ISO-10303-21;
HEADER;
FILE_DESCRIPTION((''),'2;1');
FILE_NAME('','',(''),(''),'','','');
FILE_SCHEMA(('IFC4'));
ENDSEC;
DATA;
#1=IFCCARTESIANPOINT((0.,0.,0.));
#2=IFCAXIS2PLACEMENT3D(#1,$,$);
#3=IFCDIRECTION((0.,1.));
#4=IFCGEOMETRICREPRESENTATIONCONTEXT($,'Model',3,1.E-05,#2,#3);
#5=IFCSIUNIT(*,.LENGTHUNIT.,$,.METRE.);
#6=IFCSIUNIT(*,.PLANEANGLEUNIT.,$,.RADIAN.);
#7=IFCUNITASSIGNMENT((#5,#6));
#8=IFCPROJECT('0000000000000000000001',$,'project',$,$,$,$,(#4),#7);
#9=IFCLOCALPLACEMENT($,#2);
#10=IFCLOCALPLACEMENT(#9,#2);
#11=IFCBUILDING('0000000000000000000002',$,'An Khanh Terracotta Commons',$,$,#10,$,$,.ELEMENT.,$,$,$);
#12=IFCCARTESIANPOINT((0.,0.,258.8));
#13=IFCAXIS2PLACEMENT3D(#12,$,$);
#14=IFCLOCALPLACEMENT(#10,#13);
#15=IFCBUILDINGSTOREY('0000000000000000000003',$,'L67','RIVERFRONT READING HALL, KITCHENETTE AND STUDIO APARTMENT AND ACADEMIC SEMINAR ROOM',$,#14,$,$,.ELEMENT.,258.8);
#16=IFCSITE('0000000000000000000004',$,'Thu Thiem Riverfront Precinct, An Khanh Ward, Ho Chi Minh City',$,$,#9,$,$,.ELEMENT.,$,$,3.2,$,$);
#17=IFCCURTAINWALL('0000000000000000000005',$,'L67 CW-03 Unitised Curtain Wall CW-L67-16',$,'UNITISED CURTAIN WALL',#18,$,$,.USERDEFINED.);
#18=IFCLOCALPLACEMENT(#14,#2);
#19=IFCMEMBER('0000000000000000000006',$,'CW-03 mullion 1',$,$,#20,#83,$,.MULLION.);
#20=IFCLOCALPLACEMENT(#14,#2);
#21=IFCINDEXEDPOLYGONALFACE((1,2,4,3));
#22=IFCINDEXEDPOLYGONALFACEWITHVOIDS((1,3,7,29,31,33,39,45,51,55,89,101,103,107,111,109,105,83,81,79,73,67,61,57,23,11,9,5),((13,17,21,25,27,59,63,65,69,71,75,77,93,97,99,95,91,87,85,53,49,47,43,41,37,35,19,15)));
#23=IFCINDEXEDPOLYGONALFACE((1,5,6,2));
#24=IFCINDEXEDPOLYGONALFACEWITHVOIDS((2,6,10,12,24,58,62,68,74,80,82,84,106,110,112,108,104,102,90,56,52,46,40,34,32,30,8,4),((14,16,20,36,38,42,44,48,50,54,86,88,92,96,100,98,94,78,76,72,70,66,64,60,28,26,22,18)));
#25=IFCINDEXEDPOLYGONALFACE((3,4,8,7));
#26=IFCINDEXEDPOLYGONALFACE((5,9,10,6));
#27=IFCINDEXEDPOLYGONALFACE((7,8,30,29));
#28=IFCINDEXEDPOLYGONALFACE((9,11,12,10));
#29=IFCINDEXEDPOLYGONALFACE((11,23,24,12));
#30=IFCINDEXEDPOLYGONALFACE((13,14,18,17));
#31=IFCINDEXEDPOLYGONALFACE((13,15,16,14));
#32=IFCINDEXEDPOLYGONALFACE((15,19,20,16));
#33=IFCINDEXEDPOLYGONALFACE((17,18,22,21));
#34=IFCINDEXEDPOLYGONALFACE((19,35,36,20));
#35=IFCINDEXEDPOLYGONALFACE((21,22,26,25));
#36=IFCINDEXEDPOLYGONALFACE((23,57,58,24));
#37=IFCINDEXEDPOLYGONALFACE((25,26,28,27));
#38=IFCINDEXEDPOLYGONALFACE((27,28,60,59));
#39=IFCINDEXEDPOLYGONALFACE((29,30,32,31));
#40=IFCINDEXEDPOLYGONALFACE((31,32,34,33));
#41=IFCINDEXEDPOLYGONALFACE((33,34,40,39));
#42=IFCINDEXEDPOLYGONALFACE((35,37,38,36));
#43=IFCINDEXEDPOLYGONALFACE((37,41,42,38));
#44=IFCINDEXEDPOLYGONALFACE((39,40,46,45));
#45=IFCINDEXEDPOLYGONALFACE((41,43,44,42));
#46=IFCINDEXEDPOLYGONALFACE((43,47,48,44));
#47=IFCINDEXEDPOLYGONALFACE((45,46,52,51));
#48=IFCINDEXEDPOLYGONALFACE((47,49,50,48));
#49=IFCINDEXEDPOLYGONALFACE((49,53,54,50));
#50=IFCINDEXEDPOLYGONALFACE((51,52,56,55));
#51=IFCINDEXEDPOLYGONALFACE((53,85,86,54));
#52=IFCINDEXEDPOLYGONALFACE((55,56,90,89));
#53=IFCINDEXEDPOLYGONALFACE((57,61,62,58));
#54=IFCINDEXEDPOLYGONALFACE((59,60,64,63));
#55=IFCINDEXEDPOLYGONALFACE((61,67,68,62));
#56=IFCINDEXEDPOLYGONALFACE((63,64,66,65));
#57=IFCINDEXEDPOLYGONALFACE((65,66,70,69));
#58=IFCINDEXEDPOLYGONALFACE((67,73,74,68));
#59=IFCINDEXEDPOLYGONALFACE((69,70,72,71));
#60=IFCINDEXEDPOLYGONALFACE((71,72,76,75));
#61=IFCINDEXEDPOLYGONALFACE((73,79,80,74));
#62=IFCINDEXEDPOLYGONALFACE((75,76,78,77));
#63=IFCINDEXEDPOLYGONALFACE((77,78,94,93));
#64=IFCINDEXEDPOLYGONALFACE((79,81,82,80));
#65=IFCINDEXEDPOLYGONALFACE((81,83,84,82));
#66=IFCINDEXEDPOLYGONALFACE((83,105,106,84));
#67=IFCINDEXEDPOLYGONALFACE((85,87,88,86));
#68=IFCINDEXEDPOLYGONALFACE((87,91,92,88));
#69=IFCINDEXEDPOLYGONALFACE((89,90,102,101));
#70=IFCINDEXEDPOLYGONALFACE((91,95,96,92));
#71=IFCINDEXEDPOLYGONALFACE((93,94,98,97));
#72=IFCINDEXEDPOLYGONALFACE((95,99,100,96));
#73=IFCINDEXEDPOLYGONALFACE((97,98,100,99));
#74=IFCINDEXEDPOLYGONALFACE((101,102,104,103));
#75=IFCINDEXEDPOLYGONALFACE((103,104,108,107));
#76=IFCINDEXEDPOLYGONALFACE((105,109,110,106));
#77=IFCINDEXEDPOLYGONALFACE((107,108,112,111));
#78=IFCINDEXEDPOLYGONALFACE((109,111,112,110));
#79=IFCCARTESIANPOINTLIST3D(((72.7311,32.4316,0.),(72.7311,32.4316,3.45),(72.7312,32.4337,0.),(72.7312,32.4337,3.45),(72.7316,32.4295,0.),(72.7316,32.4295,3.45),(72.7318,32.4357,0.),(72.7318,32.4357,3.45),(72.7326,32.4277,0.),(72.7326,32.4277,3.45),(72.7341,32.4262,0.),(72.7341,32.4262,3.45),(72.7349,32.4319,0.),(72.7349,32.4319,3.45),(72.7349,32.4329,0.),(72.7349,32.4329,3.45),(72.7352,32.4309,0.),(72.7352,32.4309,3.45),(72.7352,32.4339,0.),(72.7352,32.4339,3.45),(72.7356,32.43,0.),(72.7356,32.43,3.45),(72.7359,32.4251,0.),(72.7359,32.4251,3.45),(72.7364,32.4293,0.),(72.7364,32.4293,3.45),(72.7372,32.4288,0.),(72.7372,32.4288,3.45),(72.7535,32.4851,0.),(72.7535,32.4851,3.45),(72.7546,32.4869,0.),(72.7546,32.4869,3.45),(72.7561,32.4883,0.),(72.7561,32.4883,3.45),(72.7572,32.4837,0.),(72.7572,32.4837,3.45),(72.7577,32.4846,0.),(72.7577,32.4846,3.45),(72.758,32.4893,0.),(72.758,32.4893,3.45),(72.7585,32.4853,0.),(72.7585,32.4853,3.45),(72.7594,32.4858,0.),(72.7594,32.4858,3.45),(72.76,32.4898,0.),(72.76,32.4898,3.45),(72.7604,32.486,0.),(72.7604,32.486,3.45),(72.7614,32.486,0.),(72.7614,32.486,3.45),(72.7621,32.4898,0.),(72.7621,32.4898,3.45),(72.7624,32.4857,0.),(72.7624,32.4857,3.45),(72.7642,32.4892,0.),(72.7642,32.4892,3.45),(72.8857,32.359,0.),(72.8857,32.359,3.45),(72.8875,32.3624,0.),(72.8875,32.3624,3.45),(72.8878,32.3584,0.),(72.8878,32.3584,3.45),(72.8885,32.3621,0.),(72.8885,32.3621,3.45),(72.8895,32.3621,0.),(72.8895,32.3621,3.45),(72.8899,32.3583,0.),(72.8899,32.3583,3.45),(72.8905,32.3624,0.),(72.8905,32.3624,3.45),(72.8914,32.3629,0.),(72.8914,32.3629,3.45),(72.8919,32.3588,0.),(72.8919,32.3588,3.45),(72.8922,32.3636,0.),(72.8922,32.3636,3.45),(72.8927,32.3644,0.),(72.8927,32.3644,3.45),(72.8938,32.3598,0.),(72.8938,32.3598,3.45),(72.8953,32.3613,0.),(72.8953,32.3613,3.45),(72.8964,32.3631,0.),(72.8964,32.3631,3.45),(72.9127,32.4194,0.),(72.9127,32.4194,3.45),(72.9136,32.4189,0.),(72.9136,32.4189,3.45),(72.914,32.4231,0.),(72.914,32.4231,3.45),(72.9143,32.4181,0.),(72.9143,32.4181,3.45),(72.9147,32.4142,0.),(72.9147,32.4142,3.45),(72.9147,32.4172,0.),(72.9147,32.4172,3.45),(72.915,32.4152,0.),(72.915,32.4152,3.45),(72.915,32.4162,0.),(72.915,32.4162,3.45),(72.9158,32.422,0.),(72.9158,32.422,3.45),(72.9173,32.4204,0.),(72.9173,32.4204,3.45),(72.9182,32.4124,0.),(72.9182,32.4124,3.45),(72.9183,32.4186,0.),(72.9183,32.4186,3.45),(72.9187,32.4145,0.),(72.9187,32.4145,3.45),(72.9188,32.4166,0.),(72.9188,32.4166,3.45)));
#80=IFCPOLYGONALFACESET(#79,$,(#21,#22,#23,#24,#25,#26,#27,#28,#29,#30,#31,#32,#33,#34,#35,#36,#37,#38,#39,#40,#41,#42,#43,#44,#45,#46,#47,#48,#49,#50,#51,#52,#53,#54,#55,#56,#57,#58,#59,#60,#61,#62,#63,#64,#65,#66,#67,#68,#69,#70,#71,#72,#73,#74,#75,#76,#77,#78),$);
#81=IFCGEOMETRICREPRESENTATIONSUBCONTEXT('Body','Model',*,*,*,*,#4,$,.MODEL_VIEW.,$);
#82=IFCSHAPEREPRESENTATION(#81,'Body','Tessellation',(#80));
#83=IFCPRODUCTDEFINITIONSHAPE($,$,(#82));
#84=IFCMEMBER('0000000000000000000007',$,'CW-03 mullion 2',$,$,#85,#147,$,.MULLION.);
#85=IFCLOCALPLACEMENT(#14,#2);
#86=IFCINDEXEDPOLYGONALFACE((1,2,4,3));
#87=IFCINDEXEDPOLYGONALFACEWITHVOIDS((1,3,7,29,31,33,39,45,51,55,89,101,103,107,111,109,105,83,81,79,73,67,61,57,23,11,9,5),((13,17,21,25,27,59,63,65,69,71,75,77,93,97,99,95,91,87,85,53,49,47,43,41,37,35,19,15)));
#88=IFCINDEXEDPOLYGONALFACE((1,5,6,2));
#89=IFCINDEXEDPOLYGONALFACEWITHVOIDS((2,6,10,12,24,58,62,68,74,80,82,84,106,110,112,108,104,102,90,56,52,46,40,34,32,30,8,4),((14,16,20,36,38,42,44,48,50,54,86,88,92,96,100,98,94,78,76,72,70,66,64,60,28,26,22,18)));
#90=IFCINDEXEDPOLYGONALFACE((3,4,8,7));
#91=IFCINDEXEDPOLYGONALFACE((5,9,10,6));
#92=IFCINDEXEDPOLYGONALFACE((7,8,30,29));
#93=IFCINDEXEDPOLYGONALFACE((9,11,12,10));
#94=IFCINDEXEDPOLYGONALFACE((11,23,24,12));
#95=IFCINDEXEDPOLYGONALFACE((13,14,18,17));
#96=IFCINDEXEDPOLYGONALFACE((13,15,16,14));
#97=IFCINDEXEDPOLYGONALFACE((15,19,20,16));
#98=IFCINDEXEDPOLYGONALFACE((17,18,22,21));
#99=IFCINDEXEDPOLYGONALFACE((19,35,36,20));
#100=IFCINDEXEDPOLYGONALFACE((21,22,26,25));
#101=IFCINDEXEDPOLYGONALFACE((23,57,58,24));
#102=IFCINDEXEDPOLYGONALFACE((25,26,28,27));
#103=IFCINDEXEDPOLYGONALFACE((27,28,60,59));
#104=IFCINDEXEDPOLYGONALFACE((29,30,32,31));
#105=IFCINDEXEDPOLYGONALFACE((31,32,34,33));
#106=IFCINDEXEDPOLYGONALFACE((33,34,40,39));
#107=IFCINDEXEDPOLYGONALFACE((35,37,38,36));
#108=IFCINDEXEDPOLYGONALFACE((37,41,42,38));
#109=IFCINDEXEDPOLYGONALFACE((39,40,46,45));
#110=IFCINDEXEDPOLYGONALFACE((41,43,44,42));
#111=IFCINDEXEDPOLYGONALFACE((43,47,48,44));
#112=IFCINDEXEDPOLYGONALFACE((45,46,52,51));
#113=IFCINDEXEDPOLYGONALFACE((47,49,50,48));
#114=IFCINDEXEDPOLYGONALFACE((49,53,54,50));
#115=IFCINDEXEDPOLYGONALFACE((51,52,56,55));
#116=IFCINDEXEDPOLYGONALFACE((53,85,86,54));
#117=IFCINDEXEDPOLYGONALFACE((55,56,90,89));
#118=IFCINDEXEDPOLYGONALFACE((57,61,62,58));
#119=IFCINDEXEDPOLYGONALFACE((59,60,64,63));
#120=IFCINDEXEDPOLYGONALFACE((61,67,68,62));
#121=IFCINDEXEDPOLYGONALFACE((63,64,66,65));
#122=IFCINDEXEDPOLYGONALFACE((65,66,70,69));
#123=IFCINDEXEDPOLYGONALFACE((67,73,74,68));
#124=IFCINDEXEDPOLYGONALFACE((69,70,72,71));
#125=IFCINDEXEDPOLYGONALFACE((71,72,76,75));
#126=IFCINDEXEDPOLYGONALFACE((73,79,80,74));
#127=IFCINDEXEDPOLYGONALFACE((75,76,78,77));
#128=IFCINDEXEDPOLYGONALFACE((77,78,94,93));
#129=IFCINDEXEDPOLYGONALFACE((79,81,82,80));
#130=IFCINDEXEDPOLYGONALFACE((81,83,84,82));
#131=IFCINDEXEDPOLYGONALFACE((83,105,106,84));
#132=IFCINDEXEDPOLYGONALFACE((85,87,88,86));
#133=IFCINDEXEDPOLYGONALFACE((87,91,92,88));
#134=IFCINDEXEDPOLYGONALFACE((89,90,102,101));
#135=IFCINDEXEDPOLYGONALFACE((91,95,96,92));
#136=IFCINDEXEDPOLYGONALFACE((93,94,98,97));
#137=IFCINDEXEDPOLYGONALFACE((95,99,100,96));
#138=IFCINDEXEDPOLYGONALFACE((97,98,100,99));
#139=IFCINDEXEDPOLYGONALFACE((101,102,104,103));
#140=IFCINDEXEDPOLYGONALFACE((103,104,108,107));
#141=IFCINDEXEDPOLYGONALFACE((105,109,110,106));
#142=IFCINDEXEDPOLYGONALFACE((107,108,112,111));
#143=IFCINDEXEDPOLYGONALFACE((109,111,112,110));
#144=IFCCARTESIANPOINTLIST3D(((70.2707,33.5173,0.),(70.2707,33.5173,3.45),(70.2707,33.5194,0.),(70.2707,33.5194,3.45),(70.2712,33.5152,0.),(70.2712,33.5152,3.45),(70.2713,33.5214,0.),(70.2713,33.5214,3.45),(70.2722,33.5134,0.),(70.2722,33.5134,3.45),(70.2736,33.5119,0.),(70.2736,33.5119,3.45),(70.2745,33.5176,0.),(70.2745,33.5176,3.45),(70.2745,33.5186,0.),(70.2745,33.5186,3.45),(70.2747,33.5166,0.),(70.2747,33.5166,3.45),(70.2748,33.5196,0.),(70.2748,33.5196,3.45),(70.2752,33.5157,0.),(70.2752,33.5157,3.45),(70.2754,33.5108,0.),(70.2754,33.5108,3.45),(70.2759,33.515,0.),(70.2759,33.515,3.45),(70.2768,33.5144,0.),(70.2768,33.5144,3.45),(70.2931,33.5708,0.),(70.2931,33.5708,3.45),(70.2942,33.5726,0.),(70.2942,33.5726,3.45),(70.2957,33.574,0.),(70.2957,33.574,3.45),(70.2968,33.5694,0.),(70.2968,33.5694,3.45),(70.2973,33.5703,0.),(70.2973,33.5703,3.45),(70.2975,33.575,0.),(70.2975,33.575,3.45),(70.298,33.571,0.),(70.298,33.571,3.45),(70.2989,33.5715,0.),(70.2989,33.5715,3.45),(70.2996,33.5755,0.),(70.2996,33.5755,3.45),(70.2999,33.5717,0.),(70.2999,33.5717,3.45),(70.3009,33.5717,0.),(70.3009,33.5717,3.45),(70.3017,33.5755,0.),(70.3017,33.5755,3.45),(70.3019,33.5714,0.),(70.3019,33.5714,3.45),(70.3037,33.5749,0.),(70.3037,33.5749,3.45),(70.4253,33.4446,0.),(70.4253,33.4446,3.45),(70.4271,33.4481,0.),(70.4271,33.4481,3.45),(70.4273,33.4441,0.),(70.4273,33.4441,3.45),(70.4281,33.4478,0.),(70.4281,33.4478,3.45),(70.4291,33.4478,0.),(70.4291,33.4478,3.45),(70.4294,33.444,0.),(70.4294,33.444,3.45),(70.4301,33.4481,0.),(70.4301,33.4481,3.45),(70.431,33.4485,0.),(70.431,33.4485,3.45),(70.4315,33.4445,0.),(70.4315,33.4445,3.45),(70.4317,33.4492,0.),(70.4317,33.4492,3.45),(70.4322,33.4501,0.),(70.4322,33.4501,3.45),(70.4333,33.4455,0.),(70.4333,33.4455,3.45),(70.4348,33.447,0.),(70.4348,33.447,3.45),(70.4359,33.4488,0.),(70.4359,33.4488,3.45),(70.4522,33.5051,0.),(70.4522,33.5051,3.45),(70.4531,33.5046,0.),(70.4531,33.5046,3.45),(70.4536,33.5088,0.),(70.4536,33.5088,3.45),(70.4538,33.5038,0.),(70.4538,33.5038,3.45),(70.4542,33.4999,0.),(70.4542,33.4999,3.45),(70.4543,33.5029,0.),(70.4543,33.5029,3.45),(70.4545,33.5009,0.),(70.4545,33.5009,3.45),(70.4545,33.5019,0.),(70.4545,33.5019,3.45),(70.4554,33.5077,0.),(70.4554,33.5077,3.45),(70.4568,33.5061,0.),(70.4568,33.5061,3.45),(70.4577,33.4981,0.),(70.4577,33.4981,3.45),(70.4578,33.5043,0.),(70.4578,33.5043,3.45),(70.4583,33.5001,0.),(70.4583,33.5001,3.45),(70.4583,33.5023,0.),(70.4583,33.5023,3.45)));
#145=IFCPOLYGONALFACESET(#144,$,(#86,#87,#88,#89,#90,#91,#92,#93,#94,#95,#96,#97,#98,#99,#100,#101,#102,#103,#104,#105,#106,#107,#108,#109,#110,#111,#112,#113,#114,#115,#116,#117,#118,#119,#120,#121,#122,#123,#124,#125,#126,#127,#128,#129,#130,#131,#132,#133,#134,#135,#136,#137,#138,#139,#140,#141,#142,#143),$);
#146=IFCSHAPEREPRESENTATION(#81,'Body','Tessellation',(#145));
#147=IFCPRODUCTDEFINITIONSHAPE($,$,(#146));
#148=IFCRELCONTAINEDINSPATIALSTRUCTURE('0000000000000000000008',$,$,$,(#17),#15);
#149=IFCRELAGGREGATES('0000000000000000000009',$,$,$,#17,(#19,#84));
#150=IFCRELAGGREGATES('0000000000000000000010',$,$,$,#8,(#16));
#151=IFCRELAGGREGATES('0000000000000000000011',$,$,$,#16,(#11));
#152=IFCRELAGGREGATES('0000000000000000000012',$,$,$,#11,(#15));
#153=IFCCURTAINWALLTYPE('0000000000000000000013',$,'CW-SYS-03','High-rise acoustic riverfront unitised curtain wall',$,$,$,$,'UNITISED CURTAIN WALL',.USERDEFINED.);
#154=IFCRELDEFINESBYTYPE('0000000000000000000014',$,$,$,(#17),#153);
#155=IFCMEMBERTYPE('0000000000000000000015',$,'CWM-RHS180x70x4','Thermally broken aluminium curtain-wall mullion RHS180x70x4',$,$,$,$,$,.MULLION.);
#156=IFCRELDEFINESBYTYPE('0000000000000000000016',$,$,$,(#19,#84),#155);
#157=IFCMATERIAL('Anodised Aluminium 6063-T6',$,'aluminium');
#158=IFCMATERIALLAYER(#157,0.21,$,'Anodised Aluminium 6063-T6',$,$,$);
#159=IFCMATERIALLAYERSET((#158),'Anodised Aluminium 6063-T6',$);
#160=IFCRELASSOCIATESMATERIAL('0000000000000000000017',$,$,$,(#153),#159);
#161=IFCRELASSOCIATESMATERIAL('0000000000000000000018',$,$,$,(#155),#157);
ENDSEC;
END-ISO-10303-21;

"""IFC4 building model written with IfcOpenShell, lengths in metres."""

from ifc_helpers import new_model, si_unit, direction, frame, origin, origin_2d, place, context, subcontext, project, spatial, hollow_rectangle, extrude, material, layer, layer_set, material_profile, profile_set, type_object, element, aggregate, save


model = new_model("IFC4")

# Units and contexts
model_context = context("Model", 3, precision=1e-05, world=origin(), true_north=direction((0.0, 1.0)))
body_context = subcontext(model_context, "Body", "Model", "MODEL_VIEW")
ifc_project = project(units=[si_unit("LENGTHUNIT", "METRE"), si_unit("PLANEANGLEUNIT", "RADIAN")], contexts=[model_context])

# Site, building, storey
site_placement = place(None, origin())
site = spatial("IfcSite", under=ifc_project, at=site_placement, Name="Thu Thiem Riverfront Precinct, An Khanh Ward, Ho Chi Minh City", CompositionType="ELEMENT", RefElevation=3.2)
building_placement = place(site_placement, origin())
building = spatial("IfcBuilding", under=site, at=building_placement, Name="An Khanh Terracotta Commons", CompositionType="ELEMENT")
storey_placement = place(building_placement, frame((0.0, 0.0, 258.8)))
storey = spatial("IfcBuildingStorey", under=building, at=storey_placement, Name="L67", Description="RIVERFRONT READING HALL, KITCHENETTE AND STUDIO APARTMENT AND ACADEMIC SEMINAR ROOM", CompositionType="ELEMENT", Elevation=258.8)

# Curtain wall, members
ifc_material_1 = material(Name="Anodised Aluminium 6063-T6", Category="aluminium")
ifc_layer_1 = layer(ifc_material_1, 0.21, Name="Anodised Aluminium 6063-T6")
ifc_layer_set_1 = layer_set([ifc_layer_1], Name="Anodised Aluminium 6063-T6")
curtain_wall_type = type_object("IfcCurtainWallType", Name="CW-SYS-03", Description="High-rise acoustic riverfront unitised curtain wall", ElementType="UNITISED CURTAIN WALL", PredefinedType="USERDEFINED", material=ifc_layer_set_1)
ifc_material_profile_1 = material_profile(ifc_material_1, hollow_rectangle(XDim=0.0701, YDim=0.1799, WallThickness=0.0039, InnerFilletRadius=0.0039, OuterFilletRadius=0.0081, at=origin_2d()), Name="RHS180x70x4")
ifc_profile_set_1 = profile_set([ifc_material_profile_1], Name="Anodised Aluminium 6063-T6")
member_type_1 = type_object("IfcMemberType", Name="CWM-RHS180x70x4", Description="Thermally broken aluminium curtain-wall mullion RHS180x70x4", PredefinedType="MULLION", material=ifc_profile_set_1)
curtain_wall_1_placement = place(storey_placement, origin())
curtain_wall_1 = element("IfcCurtainWall", 1, at=curtain_wall_1_placement, inside=storey, type_object=curtain_wall_type, Name="L67 CW-03 Unitised Curtain Wall CW-L67-16", ObjectType="UNITISED CURTAIN WALL", PredefinedType="USERDEFINED")
member_1_placement = place(storey_placement, frame((72.825, 32.4241, 0.0), z_axis=(0.0, 0.0, 1.0), x_axis=(-0.403676, -0.914902, 0.0)))
member_1 = element("IfcMember", 2, at=member_1_placement, type_object=member_type_1, Name="CW-03 mullion 1", PredefinedType="MULLION", context=body_context, shape_type="SweptSolid", body=[
    extrude(hollow_rectangle(XDim=0.0701, YDim=0.1799, WallThickness=0.0039, InnerFilletRadius=0.0039, OuterFilletRadius=0.0081, at=origin_2d()), origin(), (0.0, 0.0, 1.0), 3.45),
])
member_2_placement = place(storey_placement, frame((70.3645, 33.5098, 0.0), z_axis=(0.0, 0.0, 1.0), x_axis=(-0.403676, -0.914902, 0.0)))
member_2 = element("IfcMember", 3, at=member_2_placement, type_object=member_type_1, Name="CW-03 mullion 2", PredefinedType="MULLION", context=body_context, shape_type="SweptSolid", body=[
    extrude(hollow_rectangle(XDim=0.0701, YDim=0.1799, WallThickness=0.0039, InnerFilletRadius=0.0039, OuterFilletRadius=0.0081, at=origin_2d()), origin(), (0.0, 0.0, 1.0), 3.45),
])

aggregate(curtain_wall_1, [member_1, member_2])

save(model, "model.ifc")
